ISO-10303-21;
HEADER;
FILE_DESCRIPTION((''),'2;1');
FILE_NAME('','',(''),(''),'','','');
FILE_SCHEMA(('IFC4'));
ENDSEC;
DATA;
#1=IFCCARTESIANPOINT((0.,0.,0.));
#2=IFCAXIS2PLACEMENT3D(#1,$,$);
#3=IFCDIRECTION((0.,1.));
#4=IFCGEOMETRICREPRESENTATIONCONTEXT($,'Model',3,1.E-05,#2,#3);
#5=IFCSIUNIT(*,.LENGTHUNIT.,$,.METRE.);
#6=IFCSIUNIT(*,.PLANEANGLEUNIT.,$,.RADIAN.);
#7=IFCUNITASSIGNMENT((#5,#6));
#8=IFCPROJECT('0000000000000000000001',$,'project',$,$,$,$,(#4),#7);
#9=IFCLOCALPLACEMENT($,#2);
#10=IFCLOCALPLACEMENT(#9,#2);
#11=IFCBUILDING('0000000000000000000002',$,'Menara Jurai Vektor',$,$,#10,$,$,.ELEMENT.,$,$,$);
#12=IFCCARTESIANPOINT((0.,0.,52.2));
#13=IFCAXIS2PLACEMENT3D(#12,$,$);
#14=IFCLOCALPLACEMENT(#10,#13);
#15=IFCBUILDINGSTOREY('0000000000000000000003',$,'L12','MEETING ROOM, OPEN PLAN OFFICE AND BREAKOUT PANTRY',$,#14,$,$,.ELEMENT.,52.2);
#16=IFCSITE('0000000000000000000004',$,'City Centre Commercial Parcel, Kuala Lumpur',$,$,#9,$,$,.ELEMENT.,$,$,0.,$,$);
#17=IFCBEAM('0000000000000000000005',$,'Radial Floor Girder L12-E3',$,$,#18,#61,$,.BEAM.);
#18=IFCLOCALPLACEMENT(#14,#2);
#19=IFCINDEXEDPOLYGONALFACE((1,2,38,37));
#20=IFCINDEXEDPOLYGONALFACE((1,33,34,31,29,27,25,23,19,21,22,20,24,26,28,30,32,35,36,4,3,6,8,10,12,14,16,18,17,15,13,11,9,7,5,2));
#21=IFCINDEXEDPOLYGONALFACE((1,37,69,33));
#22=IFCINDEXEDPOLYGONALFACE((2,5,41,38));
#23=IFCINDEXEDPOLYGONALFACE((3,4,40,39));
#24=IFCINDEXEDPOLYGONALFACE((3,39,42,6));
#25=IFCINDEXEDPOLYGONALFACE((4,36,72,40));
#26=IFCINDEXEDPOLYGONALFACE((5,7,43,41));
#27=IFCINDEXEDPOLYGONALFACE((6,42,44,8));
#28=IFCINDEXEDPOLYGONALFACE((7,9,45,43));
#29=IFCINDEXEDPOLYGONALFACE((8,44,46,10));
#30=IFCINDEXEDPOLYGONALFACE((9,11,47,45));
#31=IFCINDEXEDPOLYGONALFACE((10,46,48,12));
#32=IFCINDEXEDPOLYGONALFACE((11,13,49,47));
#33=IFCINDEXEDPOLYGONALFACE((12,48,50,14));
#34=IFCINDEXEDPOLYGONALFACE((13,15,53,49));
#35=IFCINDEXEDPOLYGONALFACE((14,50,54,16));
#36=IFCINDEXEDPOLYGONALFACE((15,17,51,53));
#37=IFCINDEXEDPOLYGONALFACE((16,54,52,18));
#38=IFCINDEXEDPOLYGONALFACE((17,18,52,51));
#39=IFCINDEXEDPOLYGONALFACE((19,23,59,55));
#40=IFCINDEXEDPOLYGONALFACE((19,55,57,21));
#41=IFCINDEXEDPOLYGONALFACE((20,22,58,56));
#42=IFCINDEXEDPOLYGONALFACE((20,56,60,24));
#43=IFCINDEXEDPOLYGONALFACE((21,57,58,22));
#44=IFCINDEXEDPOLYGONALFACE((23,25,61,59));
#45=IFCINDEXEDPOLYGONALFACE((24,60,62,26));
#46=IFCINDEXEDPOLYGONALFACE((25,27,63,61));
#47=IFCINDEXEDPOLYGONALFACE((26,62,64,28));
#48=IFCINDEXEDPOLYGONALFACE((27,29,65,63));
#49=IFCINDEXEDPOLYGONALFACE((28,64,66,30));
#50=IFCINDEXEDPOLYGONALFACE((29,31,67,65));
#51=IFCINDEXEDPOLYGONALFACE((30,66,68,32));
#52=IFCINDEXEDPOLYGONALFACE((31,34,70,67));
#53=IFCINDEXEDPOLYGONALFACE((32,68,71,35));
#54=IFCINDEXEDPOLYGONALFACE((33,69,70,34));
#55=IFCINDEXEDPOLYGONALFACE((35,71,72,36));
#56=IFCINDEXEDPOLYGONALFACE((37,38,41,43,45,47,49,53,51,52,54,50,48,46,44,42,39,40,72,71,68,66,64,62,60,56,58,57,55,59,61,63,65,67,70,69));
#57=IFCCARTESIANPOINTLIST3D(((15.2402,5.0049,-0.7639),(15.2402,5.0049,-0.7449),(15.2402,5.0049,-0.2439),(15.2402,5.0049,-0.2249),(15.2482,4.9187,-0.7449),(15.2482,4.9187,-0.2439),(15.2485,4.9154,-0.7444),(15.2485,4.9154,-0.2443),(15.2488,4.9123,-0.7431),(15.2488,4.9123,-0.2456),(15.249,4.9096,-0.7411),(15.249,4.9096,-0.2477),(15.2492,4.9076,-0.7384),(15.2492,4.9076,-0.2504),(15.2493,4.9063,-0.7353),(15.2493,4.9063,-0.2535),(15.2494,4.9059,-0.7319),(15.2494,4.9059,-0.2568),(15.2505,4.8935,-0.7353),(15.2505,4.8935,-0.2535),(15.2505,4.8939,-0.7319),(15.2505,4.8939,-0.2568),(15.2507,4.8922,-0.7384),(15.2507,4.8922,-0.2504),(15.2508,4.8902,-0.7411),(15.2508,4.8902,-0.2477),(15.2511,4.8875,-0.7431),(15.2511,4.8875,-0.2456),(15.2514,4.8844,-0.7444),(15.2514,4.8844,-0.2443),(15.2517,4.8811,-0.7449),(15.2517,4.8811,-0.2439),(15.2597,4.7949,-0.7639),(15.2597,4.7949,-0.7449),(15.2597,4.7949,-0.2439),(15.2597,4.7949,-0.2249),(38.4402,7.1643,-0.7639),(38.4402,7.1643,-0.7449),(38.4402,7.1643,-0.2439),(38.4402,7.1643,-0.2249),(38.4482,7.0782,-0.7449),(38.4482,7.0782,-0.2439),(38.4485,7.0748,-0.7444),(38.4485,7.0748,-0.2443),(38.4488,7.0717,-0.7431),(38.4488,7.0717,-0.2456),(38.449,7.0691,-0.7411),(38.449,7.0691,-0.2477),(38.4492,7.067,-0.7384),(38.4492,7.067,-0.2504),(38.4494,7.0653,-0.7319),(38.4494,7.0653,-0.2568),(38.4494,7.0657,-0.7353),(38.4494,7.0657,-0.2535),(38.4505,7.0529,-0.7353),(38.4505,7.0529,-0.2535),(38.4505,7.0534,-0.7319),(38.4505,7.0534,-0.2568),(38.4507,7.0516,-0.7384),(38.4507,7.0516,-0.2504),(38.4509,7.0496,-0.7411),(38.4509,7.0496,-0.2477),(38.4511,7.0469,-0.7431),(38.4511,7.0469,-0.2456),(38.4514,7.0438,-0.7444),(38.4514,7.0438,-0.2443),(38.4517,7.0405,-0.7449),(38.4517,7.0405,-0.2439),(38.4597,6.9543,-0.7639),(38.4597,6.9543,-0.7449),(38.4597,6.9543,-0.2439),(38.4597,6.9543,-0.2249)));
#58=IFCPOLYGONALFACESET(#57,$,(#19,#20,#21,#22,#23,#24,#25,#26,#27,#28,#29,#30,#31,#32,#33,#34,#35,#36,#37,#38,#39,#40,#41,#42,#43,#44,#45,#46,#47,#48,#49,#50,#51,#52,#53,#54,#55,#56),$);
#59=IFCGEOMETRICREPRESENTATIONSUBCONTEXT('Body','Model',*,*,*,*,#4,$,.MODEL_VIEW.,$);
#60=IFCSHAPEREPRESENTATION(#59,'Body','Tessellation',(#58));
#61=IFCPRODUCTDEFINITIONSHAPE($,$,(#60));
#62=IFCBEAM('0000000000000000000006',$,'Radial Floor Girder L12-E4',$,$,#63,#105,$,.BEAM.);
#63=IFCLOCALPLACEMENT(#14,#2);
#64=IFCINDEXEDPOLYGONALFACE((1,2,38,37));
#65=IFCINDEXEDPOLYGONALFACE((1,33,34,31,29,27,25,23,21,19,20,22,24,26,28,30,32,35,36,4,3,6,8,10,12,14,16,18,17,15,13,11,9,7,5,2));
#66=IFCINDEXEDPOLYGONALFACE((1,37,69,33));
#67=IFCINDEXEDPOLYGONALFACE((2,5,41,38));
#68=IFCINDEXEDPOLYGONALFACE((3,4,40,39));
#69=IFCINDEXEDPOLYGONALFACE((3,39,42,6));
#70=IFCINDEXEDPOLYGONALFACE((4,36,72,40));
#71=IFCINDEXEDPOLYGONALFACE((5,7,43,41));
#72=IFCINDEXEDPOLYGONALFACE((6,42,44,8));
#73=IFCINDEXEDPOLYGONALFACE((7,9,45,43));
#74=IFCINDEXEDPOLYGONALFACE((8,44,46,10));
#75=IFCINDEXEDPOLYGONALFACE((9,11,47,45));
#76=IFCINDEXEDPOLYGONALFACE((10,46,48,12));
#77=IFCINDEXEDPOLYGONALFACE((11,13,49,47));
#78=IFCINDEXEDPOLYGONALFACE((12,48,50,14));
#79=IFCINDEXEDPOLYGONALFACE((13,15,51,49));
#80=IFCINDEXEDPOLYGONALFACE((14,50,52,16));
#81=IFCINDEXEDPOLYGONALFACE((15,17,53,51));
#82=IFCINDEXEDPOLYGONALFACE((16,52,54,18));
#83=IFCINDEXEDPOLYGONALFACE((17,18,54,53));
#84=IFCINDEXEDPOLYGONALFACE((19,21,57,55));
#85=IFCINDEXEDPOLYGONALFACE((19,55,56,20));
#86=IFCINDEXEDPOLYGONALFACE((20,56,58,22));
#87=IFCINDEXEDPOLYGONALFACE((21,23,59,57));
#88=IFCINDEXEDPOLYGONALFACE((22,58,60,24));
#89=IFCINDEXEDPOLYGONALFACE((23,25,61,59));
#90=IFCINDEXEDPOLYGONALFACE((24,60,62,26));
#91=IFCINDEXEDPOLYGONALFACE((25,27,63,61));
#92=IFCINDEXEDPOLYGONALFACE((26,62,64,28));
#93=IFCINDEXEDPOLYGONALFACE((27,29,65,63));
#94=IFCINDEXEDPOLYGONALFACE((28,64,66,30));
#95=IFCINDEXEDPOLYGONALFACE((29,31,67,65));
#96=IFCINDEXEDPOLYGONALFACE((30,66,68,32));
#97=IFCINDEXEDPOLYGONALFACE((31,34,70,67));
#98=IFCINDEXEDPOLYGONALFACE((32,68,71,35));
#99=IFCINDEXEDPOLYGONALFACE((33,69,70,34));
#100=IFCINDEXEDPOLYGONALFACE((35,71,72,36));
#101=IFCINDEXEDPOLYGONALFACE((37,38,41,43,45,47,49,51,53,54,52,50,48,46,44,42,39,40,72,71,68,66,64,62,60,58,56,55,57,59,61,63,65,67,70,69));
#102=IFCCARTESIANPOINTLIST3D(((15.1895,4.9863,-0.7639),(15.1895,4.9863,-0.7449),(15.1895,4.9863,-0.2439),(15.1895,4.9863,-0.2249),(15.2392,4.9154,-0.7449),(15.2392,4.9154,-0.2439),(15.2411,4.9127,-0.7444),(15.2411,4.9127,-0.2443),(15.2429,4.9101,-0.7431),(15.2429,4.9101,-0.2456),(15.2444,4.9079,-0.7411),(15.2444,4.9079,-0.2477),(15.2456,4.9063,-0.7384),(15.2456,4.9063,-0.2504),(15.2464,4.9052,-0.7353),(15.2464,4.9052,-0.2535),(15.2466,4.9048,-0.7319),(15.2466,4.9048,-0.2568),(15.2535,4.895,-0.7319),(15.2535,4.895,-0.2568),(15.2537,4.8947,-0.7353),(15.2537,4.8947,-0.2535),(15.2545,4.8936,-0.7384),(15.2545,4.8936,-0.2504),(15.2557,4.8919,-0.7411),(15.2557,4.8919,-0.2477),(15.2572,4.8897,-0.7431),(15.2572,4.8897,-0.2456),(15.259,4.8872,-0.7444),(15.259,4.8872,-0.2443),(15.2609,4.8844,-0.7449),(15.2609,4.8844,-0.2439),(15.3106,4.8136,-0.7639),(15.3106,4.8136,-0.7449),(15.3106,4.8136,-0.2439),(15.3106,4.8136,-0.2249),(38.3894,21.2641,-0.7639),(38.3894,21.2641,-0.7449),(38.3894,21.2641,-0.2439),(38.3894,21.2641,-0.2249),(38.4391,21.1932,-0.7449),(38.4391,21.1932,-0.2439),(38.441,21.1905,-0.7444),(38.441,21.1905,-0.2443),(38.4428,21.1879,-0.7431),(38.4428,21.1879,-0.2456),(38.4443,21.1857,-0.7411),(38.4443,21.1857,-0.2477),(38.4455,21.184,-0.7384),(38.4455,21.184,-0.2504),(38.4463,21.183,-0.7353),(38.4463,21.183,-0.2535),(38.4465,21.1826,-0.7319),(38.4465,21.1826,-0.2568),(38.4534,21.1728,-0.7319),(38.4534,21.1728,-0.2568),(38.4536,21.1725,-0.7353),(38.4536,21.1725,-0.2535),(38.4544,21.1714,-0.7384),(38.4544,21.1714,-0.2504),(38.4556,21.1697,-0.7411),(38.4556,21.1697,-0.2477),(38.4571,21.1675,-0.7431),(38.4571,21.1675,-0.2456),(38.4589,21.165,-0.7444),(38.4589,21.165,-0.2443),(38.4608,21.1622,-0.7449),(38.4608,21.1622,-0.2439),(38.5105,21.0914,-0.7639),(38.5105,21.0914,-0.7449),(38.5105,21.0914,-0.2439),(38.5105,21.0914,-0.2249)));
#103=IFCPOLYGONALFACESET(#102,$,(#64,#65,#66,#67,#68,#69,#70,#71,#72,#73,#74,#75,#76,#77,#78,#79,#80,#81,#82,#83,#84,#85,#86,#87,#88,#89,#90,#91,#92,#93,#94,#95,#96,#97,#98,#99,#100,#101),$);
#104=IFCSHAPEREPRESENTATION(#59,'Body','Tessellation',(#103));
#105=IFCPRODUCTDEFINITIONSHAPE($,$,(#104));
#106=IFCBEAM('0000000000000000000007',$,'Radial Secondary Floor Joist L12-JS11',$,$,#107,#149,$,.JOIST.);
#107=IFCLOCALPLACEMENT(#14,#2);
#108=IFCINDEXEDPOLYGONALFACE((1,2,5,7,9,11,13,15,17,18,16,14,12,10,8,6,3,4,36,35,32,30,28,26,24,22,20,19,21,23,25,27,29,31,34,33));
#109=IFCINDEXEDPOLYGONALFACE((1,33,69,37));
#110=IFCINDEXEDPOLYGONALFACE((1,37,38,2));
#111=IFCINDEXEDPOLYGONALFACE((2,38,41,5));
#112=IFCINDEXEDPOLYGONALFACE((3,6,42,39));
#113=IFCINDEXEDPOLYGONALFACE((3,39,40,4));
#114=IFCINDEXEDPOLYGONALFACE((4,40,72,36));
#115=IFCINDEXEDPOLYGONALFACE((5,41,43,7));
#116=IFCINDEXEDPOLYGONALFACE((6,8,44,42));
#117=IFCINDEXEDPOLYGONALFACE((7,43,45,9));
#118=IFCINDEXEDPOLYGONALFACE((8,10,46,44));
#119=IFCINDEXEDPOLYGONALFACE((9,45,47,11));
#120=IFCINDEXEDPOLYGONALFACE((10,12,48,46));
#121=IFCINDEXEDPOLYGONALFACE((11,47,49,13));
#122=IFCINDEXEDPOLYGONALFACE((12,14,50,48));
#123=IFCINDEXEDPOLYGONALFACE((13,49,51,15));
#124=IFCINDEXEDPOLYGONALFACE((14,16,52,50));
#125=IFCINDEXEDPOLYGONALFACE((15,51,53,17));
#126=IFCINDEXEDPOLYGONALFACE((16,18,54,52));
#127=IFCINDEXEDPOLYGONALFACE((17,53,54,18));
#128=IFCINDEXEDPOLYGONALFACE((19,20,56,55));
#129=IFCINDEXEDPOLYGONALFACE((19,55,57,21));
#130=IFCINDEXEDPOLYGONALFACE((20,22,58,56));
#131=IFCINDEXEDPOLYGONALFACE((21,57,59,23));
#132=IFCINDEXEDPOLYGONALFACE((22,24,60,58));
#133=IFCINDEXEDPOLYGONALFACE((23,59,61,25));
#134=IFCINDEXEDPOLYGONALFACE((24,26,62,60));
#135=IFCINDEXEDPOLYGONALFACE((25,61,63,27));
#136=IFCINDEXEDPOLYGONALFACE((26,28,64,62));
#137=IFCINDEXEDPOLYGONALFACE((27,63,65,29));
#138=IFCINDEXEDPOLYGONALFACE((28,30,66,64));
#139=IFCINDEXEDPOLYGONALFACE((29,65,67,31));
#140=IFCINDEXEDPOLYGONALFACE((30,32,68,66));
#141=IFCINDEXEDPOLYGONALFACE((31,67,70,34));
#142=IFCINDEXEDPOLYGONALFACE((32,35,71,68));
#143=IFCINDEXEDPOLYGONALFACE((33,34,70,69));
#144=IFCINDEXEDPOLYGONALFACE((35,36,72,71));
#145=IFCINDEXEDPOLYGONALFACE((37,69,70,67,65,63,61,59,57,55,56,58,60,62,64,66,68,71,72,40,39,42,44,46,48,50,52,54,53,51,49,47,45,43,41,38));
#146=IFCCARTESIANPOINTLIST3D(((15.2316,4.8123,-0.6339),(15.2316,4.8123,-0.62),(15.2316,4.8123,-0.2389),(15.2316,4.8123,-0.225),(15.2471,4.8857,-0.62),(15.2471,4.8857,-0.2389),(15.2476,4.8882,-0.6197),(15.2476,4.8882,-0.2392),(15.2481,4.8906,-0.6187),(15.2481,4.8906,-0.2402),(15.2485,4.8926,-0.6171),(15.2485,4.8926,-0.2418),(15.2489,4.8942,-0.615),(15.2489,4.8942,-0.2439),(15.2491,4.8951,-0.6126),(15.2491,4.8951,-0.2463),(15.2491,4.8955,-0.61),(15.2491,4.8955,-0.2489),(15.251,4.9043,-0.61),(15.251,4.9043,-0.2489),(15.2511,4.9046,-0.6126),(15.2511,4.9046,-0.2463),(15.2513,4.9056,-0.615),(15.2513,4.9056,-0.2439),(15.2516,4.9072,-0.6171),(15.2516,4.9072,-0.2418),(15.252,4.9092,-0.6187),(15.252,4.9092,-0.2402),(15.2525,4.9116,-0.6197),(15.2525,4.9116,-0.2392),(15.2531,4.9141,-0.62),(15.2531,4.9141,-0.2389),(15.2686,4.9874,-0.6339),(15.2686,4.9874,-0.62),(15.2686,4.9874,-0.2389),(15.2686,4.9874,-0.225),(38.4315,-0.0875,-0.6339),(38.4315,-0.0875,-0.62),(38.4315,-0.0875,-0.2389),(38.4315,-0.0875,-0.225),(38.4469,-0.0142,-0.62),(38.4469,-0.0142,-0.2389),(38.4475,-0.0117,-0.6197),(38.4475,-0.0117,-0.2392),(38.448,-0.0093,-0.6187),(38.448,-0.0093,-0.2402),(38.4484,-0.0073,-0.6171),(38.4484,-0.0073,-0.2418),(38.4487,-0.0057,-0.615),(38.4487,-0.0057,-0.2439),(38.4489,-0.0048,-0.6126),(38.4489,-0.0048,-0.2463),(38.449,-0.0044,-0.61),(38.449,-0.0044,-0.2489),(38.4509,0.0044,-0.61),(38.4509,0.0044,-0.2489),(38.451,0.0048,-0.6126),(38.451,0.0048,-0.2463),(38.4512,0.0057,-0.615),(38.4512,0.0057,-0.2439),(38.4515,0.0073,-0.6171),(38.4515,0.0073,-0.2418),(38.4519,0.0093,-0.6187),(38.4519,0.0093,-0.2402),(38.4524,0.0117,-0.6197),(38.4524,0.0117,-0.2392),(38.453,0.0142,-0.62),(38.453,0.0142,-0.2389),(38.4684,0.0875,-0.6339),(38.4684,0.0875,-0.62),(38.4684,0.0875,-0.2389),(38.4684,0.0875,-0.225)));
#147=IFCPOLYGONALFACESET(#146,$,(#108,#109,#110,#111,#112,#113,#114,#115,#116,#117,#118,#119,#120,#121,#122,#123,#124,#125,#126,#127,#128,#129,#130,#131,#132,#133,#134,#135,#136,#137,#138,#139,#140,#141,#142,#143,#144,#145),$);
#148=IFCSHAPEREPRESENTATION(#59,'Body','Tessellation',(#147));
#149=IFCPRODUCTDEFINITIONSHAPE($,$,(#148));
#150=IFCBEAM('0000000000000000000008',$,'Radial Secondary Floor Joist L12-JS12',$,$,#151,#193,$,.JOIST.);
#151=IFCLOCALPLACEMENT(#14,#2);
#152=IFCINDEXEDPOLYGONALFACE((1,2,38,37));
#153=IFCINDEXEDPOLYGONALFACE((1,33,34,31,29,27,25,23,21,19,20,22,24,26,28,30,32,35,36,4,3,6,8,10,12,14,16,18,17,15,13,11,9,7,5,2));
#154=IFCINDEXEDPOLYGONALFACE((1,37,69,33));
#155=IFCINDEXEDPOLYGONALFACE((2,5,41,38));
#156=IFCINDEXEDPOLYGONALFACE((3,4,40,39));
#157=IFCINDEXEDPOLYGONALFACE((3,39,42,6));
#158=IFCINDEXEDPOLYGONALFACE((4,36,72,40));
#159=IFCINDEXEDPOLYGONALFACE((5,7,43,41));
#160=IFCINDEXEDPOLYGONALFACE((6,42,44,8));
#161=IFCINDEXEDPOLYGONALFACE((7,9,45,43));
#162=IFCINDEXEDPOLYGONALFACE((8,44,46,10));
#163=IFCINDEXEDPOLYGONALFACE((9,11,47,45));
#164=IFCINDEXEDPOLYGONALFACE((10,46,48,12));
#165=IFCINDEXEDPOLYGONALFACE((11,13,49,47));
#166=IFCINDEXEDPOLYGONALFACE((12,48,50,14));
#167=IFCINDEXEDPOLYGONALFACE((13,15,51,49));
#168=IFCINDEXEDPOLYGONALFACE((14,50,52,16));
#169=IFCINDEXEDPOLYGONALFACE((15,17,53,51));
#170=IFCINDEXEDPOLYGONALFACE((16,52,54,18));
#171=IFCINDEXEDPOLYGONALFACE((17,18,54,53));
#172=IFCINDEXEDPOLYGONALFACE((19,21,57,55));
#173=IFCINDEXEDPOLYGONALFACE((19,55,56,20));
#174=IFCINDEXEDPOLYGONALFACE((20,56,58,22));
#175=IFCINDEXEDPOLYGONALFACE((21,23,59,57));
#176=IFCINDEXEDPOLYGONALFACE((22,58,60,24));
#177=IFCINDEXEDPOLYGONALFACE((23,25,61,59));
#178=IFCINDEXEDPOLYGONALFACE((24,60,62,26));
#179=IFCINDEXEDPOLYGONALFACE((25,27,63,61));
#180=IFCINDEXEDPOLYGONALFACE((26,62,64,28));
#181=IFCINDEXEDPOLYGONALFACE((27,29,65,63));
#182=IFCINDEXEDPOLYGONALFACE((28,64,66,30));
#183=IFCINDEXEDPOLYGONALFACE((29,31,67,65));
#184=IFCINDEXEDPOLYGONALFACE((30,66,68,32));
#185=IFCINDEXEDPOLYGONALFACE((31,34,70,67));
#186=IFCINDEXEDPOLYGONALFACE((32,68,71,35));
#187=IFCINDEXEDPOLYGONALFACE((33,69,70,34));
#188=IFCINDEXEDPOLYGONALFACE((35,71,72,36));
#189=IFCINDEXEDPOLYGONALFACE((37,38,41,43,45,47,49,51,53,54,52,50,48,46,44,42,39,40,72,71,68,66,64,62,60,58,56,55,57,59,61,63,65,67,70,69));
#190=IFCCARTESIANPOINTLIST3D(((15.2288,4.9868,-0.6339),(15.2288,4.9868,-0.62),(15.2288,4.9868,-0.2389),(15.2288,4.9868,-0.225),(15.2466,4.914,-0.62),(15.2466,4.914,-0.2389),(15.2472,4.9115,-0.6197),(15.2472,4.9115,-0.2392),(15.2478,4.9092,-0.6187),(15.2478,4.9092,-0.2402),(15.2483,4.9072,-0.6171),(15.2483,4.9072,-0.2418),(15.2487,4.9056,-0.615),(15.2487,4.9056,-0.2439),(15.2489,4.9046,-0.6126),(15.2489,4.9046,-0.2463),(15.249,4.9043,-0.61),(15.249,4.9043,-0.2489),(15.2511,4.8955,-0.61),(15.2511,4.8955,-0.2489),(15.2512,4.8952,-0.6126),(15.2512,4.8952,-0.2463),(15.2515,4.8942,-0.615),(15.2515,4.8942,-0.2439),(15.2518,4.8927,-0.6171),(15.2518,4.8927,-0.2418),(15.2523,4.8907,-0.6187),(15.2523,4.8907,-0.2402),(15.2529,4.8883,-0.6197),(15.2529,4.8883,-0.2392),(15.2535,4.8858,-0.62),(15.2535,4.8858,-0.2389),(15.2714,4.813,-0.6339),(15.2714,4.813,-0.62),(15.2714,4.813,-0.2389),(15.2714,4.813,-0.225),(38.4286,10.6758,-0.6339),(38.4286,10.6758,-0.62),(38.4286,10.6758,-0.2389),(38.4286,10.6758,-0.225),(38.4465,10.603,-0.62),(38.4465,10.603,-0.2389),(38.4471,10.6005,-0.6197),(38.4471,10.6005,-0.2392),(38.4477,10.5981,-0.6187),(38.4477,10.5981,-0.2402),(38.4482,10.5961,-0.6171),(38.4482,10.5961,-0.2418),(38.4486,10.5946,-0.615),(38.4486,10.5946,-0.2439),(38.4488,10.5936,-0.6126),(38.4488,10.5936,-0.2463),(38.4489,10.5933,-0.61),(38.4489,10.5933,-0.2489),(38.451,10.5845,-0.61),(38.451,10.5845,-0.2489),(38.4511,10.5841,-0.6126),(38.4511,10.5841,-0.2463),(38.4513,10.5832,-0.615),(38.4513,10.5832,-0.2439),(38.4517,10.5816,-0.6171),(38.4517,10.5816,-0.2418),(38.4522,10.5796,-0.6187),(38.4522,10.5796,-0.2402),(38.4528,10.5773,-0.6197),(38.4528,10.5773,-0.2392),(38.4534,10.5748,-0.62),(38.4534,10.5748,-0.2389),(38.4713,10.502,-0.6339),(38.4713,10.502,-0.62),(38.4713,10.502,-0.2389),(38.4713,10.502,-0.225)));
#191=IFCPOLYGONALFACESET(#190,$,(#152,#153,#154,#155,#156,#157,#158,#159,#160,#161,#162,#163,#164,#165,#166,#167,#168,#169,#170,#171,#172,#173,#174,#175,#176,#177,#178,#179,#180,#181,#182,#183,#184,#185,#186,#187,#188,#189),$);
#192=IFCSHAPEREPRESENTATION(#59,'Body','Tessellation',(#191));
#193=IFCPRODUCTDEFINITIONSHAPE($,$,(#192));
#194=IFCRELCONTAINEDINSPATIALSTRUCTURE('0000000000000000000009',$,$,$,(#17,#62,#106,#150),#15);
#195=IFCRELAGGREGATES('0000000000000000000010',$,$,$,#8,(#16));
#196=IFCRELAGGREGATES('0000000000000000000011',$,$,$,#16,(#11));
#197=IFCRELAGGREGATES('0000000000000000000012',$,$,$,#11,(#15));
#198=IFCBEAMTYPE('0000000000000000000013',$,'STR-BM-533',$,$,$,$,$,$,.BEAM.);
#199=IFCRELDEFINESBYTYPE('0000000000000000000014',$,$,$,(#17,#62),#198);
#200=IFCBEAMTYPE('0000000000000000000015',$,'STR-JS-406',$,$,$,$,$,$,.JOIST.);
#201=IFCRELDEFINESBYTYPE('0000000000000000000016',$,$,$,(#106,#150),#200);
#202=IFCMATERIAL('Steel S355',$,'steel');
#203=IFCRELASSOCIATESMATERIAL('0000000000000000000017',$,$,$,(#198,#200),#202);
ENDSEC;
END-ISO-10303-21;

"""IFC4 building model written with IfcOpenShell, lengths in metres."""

from ifc_helpers import new_model, si_unit, direction, frame, origin, origin_2d, place, context, subcontext, project, spatial, i_section, extrude, material, material_profile, profile_set, type_object, element, save


model = new_model("IFC4")

# Units and contexts
model_context = context("Model", 3, precision=1e-05, world=origin(), true_north=direction((0.0, 1.0)))
body_context = subcontext(model_context, "Body", "Model", "MODEL_VIEW")
ifc_project = project(units=[si_unit("LENGTHUNIT", "METRE"), si_unit("PLANEANGLEUNIT", "RADIAN")], contexts=[model_context])

# Site, building, storey
site_placement = place(None, origin())
site = spatial("IfcSite", under=ifc_project, at=site_placement, Name="City Centre Commercial Parcel, Kuala Lumpur", CompositionType="ELEMENT", RefElevation=0.0)
building_placement = place(site_placement, origin())
building = spatial("IfcBuilding", under=site, at=building_placement, Name="Menara Jurai Vektor", CompositionType="ELEMENT")
storey_placement = place(building_placement, frame((0.0, 0.0, 52.2)))
storey = spatial("IfcBuildingStorey", under=building, at=storey_placement, Name="L12", Description="MEETING ROOM, OPEN PLAN OFFICE AND BREAKOUT PANTRY", CompositionType="ELEMENT", Elevation=52.2)

# Beams
ifc_material_1 = material(Name="Steel S355", Category="steel")
ifc_material_profile_1 = material_profile(ifc_material_1, i_section(OverallWidth=0.2109, OverallDepth=0.5391, WebThickness=0.012, FlangeThickness=0.019, FilletRadius=0.0129, at=origin_2d()), Name="UKB 533x210x109")
ifc_profile_set_1 = profile_set([ifc_material_profile_1], Name="Steel S355")
beam_type_1 = type_object("IfcBeamType", Name="STR-BM-533", PredefinedType="BEAM", material=ifc_profile_set_1)
beam_1_placement = place(storey_placement, frame((38.45, 7.0593, -0.4944), z_axis=(-0.995696, -0.092678, 0.0), x_axis=(0.092678, -0.995696, 0.0)))
element("IfcBeam", 1, at=beam_1_placement, inside=storey, type_object=beam_type_1, Name="Radial Floor Girder L12-E3", PredefinedType="BEAM", context=body_context, shape_type="SweptSolid", body=[
    extrude(i_section(OverallWidth=0.2109, OverallDepth=0.5391, WebThickness=0.012, FlangeThickness=0.019, FilletRadius=0.0129, at=origin_2d()), origin(), (0.0, 0.0, 1.0), 23.3003),
])
beam_2_placement = place(storey_placement, frame((38.45, 21.1777, -0.4944), z_axis=(-0.818604, -0.574359, 0.0), x_axis=(0.574359, -0.818604, 0.0)))
element("IfcBeam", 2, at=beam_2_placement, inside=storey, type_object=beam_type_1, Name="Radial Floor Girder L12-E4", PredefinedType="BEAM", context=body_context, shape_type="SweptSolid", body=[
    extrude(i_section(OverallWidth=0.2109, OverallDepth=0.5391, WebThickness=0.012, FlangeThickness=0.019, FilletRadius=0.0129, at=origin_2d()), origin(), (0.0, 0.0, 1.0), 28.3408),
])
ifc_material_profile_2 = material_profile(ifc_material_1, i_section(OverallWidth=0.179, OverallDepth=0.4089, WebThickness=0.009, FlangeThickness=0.0139, FilletRadius=0.01, at=origin_2d()), Name="UKB 406x178x67")
ifc_profile_set_2 = profile_set([ifc_material_profile_2], Name="Steel S355")
beam_type_2 = type_object("IfcBeamType", Name="STR-JS-406", PredefinedType="JOIST", material=ifc_profile_set_2)
beam_3_placement = place(storey_placement, frame((38.45, 0.0, -0.4294), z_axis=(-0.978416, 0.206645, 0.0), x_axis=(-0.206645, -0.978416, 0.0)))
element("IfcBeam", 3, at=beam_3_placement, inside=storey, type_object=beam_type_2, Name="Radial Secondary Floor Joist L12-JS11", PredefinedType="JOIST", context=body_context, shape_type="SweptSolid", body=[
    extrude(i_section(OverallWidth=0.179, OverallDepth=0.4089, WebThickness=0.009, FlangeThickness=0.0139, FilletRadius=0.01, at=origin_2d()), origin(), (0.0, 0.0, 1.0), 23.7117),
])
beam_4_placement = place(storey_placement, frame((38.45, 10.5889, -0.4294), z_axis=(-0.971226, -0.238159, 0.0), x_axis=(0.238159, -0.971226, 0.0)))
element("IfcBeam", 4, at=beam_4_placement, inside=storey, type_object=beam_type_2, Name="Radial Secondary Floor Joist L12-JS12", PredefinedType="JOIST", context=body_context, shape_type="SweptSolid", body=[
    extrude(i_section(OverallWidth=0.179, OverallDepth=0.4089, WebThickness=0.009, FlangeThickness=0.0139, FilletRadius=0.01, at=origin_2d()), origin(), (0.0, 0.0, 1.0), 23.8872),
])

save(model, "model.ifc")
